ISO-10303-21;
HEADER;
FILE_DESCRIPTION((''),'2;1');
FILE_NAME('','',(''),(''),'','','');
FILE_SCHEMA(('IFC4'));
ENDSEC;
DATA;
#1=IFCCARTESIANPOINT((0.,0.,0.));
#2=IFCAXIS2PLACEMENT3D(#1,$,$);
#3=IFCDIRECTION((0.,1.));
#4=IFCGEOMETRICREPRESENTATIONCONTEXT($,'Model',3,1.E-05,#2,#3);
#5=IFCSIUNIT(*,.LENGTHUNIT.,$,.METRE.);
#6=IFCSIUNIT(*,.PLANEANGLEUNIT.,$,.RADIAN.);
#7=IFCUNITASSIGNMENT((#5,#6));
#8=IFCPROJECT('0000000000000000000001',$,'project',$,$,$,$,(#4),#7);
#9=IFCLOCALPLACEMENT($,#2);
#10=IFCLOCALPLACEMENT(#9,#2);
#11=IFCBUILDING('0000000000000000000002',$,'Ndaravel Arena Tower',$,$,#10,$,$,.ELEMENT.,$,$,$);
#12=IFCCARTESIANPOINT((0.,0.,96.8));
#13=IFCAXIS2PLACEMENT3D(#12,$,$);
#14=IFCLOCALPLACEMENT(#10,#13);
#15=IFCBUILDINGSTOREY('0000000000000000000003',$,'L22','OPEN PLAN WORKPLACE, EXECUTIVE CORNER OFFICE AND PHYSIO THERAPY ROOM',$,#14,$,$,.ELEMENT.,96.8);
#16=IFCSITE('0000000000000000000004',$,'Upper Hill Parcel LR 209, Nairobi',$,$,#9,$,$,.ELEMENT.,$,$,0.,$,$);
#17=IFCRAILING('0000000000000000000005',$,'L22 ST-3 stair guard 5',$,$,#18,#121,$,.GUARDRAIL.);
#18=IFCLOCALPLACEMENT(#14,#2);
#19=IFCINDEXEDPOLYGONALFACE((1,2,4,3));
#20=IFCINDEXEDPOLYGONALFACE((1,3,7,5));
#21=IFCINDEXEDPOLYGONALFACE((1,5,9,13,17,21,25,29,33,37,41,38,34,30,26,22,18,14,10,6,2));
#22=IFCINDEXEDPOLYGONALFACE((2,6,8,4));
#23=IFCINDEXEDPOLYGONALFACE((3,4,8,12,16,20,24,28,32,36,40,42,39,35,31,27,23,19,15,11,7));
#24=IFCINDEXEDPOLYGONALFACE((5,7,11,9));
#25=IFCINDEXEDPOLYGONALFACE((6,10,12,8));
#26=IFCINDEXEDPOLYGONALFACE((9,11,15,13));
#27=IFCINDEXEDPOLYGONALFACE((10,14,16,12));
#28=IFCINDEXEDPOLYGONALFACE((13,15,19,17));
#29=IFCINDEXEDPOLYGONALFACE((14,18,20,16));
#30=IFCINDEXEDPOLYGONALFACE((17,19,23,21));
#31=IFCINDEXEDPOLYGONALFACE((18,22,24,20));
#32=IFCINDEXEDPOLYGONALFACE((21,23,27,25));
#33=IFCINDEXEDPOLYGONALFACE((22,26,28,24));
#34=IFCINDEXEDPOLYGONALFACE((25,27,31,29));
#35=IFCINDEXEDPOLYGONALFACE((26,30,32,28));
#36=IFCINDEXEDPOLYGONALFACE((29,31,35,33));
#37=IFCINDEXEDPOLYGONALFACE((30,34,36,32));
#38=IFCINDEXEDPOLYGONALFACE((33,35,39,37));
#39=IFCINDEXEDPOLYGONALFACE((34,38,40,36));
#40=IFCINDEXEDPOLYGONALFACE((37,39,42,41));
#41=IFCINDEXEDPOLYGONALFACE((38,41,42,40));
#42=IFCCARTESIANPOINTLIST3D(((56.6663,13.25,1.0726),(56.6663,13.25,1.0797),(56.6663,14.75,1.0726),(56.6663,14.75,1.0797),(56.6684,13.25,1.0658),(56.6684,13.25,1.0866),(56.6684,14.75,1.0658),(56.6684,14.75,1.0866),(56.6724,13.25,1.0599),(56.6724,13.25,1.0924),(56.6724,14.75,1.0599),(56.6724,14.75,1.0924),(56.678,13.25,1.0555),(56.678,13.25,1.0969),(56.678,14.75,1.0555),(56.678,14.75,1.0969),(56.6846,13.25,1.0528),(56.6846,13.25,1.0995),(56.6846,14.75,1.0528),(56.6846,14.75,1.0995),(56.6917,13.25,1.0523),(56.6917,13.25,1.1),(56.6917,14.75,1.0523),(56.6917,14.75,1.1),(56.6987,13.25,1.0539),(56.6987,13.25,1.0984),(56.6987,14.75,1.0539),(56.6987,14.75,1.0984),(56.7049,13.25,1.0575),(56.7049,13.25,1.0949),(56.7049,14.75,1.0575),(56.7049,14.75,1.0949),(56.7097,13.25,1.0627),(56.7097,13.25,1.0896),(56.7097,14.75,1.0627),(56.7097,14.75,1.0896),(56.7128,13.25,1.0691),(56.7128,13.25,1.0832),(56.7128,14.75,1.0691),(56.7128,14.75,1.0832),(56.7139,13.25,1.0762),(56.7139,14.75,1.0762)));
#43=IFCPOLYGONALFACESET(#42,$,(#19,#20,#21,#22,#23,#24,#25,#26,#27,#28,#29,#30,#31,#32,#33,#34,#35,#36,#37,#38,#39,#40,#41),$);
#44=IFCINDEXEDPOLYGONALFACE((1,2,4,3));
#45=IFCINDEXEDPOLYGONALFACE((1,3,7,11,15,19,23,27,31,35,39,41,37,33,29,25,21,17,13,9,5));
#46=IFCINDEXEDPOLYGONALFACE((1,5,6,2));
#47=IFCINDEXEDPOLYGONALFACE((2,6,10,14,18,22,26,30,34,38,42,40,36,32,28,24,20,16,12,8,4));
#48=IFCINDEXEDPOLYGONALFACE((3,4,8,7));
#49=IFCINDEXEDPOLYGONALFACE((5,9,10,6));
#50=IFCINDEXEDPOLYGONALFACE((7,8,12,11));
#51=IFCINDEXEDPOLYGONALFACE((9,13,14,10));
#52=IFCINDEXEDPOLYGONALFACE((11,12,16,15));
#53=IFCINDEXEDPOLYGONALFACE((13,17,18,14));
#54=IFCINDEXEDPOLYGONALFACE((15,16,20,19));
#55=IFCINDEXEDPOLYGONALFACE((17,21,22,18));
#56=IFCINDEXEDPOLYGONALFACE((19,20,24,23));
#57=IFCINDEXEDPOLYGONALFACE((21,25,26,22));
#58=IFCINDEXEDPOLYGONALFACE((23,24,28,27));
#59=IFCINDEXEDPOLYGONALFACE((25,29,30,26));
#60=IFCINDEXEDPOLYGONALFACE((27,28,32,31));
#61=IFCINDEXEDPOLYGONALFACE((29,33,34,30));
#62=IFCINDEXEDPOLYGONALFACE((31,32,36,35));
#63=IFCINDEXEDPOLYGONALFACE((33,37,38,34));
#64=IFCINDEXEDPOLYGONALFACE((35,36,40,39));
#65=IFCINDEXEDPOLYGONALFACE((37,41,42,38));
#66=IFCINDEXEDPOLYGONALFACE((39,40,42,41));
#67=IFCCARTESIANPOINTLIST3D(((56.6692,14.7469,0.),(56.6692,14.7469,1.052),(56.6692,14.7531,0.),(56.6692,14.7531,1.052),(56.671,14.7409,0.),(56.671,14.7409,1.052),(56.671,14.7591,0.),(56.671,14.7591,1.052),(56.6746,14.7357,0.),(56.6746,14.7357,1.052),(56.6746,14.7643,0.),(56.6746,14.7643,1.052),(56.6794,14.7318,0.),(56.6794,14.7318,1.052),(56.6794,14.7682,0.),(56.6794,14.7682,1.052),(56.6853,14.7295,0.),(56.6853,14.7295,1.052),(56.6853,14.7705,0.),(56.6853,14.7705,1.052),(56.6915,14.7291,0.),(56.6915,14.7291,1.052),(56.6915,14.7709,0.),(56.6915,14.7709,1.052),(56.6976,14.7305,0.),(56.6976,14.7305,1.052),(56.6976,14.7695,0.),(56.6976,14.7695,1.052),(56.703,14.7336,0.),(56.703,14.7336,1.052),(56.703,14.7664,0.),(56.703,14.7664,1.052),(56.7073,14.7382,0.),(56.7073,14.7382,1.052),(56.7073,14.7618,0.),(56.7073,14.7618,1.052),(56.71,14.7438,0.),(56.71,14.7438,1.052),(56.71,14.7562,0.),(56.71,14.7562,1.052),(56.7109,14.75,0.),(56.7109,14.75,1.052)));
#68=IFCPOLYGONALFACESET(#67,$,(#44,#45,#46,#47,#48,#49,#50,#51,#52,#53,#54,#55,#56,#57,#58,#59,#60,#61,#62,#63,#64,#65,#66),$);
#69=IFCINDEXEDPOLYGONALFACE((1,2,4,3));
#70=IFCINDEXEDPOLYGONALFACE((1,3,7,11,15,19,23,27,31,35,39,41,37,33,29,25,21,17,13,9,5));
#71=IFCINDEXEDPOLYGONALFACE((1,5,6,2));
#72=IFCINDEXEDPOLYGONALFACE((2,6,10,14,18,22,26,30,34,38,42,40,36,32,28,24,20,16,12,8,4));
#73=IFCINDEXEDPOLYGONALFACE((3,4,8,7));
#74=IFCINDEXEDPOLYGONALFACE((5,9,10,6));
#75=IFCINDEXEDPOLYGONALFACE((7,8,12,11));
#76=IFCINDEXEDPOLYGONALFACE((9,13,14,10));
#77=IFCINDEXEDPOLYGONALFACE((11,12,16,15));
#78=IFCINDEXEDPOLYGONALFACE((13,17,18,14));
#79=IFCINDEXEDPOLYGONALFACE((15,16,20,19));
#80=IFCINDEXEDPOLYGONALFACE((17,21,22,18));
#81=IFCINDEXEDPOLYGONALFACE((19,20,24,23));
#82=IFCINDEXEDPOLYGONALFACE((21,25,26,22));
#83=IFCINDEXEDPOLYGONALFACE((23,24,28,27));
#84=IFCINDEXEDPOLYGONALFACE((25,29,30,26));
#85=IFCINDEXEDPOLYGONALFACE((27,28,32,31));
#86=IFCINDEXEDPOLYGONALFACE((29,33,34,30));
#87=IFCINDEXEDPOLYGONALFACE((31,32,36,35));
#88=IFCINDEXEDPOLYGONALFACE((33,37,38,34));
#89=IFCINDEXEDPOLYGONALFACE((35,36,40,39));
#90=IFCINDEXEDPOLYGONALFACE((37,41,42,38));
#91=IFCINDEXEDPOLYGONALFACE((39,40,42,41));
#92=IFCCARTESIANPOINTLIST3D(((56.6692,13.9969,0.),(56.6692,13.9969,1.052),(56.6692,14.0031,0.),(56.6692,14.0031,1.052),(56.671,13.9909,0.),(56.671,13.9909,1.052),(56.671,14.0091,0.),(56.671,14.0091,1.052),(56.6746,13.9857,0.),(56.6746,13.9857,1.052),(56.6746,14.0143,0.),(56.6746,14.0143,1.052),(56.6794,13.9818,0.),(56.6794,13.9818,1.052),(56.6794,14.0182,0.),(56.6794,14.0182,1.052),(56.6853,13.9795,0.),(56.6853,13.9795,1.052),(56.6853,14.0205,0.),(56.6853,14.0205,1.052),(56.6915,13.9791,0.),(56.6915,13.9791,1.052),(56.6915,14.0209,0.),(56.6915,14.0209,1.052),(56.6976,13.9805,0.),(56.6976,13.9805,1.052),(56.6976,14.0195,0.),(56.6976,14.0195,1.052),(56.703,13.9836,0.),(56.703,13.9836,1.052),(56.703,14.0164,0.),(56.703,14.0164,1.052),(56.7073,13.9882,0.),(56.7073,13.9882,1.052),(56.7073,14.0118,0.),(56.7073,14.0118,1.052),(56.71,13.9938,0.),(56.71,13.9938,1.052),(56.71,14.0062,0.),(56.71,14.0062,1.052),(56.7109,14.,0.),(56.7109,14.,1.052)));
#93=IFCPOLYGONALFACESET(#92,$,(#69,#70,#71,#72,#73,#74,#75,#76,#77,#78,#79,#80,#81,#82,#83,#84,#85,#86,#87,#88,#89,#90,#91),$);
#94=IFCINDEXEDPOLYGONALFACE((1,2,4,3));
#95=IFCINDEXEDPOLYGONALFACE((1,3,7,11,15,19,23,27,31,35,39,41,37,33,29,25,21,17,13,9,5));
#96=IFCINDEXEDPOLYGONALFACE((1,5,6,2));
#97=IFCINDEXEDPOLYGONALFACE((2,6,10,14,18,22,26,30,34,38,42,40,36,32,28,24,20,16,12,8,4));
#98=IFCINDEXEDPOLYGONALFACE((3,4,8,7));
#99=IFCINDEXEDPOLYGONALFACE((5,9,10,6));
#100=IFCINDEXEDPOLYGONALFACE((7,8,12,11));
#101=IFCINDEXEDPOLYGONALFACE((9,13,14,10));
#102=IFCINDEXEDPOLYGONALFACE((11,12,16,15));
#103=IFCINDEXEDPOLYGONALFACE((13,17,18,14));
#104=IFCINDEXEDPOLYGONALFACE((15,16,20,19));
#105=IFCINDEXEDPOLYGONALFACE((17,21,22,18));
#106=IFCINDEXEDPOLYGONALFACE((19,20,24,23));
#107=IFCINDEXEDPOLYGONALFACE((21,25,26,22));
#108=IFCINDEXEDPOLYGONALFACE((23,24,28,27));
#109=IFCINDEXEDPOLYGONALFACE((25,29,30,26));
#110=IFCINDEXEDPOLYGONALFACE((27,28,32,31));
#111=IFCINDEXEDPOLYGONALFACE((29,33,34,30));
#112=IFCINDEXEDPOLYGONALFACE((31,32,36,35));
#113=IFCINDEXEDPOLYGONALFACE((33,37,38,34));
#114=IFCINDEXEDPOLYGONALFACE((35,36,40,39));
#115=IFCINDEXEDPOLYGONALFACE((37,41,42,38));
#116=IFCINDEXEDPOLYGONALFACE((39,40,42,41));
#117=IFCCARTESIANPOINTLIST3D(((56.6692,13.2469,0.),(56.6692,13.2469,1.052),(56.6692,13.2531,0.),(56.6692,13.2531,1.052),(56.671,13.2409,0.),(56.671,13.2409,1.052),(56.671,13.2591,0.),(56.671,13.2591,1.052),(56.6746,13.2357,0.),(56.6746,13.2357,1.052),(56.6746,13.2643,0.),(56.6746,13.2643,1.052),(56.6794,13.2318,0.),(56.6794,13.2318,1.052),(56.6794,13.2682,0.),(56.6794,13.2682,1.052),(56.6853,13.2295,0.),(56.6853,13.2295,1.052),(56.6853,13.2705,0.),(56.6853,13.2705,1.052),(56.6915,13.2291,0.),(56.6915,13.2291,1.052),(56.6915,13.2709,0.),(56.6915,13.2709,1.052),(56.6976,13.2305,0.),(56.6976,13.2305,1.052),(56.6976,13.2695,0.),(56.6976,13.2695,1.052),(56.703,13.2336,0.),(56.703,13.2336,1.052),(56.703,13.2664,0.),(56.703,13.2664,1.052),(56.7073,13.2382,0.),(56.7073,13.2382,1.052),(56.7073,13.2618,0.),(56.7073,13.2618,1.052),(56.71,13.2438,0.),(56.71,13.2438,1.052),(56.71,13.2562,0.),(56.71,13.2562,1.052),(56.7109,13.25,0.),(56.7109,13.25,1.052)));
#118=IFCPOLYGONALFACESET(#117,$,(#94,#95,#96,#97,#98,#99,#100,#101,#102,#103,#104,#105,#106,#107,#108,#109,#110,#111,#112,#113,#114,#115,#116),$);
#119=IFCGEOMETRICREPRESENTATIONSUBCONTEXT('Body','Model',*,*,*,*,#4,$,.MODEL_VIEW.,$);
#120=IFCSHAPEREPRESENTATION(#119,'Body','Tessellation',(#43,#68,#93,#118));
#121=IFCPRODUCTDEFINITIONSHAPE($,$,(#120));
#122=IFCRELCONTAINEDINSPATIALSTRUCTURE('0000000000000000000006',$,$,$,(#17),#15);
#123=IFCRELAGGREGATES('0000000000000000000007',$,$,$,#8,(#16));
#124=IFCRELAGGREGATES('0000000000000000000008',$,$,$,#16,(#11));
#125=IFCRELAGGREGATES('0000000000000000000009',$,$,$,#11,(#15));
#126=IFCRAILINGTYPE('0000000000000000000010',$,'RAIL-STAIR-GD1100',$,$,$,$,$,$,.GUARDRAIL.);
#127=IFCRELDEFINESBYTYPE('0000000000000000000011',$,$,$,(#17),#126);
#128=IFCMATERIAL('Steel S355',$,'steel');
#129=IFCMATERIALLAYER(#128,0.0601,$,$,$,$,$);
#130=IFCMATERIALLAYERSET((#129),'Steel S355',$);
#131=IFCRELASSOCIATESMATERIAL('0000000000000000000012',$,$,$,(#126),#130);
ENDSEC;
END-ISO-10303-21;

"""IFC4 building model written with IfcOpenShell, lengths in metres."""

from ifc_helpers import new_model, si_unit, direction, frame, origin, origin_2d, place, context, subcontext, project, spatial, circle, extrude, material, layer, layer_set, type_object, element, save


model = new_model("IFC4")

# Units and contexts
model_context = context("Model", 3, precision=1e-05, world=origin(), true_north=direction((0.0, 1.0)))
body_context = subcontext(model_context, "Body", "Model", "MODEL_VIEW")
ifc_project = project(units=[si_unit("LENGTHUNIT", "METRE"), si_unit("PLANEANGLEUNIT", "RADIAN")], contexts=[model_context])

# Site, building, storey
site_placement = place(None, origin())
site = spatial("IfcSite", under=ifc_project, at=site_placement, Name="Upper Hill Parcel LR 209, Nairobi", CompositionType="ELEMENT", RefElevation=0.0)
building_placement = place(site_placement, origin())
building = spatial("IfcBuilding", under=site, at=building_placement, Name="Ndaravel Arena Tower", CompositionType="ELEMENT")
storey_placement = place(building_placement, frame((0.0, 0.0, 96.8)))
storey = spatial("IfcBuildingStorey", under=building, at=storey_placement, Name="L22", Description="OPEN PLAN WORKPLACE, EXECUTIVE CORNER OFFICE AND PHYSIO THERAPY ROOM", CompositionType="ELEMENT", Elevation=96.8)

# Railing
ifc_material_1 = material(Name="Steel S355", Category="steel")
ifc_layer_1 = layer(ifc_material_1, 0.0601)
ifc_layer_set_1 = layer_set([ifc_layer_1], Name="Steel S355")
railing_type = type_object("IfcRailingType", Name="RAIL-STAIR-GD1100", PredefinedType="GUARDRAIL", material=ifc_layer_set_1)
for number, where, name in (
    (1, (56.6899, 14.75, 0.0), "L22 ST-3 stair guard 5"),
):
    element("IfcRailing", number, at=place(storey_placement, frame(where)), inside=storey, type_object=railing_type, Name=name, PredefinedType="GUARDRAIL", context=body_context, shape_type="SweptSolid", body=[
        extrude(circle(Radius=0.0239, at=origin_2d()), frame((0.0, 0.0, 1.0762), z_axis=(0.0, -1.0, 0.0), x_axis=(1.0, 0.0, 0.0)), (0.0, 0.0, 1.0), 1.5),
        extrude(circle(Radius=0.021, at=origin_2d()), origin(), (0.0, 0.0, 1.0), 1.052),
        extrude(circle(Radius=0.021, at=origin_2d()), frame((0.0, -0.75, 0.0)), (0.0, 0.0, 1.0), 1.052),
        extrude(circle(Radius=0.021, at=origin_2d()), frame((0.0, -1.5, 0.0)), (0.0, 0.0, 1.0), 1.052),
    ])

save(model, "model.ifc")
